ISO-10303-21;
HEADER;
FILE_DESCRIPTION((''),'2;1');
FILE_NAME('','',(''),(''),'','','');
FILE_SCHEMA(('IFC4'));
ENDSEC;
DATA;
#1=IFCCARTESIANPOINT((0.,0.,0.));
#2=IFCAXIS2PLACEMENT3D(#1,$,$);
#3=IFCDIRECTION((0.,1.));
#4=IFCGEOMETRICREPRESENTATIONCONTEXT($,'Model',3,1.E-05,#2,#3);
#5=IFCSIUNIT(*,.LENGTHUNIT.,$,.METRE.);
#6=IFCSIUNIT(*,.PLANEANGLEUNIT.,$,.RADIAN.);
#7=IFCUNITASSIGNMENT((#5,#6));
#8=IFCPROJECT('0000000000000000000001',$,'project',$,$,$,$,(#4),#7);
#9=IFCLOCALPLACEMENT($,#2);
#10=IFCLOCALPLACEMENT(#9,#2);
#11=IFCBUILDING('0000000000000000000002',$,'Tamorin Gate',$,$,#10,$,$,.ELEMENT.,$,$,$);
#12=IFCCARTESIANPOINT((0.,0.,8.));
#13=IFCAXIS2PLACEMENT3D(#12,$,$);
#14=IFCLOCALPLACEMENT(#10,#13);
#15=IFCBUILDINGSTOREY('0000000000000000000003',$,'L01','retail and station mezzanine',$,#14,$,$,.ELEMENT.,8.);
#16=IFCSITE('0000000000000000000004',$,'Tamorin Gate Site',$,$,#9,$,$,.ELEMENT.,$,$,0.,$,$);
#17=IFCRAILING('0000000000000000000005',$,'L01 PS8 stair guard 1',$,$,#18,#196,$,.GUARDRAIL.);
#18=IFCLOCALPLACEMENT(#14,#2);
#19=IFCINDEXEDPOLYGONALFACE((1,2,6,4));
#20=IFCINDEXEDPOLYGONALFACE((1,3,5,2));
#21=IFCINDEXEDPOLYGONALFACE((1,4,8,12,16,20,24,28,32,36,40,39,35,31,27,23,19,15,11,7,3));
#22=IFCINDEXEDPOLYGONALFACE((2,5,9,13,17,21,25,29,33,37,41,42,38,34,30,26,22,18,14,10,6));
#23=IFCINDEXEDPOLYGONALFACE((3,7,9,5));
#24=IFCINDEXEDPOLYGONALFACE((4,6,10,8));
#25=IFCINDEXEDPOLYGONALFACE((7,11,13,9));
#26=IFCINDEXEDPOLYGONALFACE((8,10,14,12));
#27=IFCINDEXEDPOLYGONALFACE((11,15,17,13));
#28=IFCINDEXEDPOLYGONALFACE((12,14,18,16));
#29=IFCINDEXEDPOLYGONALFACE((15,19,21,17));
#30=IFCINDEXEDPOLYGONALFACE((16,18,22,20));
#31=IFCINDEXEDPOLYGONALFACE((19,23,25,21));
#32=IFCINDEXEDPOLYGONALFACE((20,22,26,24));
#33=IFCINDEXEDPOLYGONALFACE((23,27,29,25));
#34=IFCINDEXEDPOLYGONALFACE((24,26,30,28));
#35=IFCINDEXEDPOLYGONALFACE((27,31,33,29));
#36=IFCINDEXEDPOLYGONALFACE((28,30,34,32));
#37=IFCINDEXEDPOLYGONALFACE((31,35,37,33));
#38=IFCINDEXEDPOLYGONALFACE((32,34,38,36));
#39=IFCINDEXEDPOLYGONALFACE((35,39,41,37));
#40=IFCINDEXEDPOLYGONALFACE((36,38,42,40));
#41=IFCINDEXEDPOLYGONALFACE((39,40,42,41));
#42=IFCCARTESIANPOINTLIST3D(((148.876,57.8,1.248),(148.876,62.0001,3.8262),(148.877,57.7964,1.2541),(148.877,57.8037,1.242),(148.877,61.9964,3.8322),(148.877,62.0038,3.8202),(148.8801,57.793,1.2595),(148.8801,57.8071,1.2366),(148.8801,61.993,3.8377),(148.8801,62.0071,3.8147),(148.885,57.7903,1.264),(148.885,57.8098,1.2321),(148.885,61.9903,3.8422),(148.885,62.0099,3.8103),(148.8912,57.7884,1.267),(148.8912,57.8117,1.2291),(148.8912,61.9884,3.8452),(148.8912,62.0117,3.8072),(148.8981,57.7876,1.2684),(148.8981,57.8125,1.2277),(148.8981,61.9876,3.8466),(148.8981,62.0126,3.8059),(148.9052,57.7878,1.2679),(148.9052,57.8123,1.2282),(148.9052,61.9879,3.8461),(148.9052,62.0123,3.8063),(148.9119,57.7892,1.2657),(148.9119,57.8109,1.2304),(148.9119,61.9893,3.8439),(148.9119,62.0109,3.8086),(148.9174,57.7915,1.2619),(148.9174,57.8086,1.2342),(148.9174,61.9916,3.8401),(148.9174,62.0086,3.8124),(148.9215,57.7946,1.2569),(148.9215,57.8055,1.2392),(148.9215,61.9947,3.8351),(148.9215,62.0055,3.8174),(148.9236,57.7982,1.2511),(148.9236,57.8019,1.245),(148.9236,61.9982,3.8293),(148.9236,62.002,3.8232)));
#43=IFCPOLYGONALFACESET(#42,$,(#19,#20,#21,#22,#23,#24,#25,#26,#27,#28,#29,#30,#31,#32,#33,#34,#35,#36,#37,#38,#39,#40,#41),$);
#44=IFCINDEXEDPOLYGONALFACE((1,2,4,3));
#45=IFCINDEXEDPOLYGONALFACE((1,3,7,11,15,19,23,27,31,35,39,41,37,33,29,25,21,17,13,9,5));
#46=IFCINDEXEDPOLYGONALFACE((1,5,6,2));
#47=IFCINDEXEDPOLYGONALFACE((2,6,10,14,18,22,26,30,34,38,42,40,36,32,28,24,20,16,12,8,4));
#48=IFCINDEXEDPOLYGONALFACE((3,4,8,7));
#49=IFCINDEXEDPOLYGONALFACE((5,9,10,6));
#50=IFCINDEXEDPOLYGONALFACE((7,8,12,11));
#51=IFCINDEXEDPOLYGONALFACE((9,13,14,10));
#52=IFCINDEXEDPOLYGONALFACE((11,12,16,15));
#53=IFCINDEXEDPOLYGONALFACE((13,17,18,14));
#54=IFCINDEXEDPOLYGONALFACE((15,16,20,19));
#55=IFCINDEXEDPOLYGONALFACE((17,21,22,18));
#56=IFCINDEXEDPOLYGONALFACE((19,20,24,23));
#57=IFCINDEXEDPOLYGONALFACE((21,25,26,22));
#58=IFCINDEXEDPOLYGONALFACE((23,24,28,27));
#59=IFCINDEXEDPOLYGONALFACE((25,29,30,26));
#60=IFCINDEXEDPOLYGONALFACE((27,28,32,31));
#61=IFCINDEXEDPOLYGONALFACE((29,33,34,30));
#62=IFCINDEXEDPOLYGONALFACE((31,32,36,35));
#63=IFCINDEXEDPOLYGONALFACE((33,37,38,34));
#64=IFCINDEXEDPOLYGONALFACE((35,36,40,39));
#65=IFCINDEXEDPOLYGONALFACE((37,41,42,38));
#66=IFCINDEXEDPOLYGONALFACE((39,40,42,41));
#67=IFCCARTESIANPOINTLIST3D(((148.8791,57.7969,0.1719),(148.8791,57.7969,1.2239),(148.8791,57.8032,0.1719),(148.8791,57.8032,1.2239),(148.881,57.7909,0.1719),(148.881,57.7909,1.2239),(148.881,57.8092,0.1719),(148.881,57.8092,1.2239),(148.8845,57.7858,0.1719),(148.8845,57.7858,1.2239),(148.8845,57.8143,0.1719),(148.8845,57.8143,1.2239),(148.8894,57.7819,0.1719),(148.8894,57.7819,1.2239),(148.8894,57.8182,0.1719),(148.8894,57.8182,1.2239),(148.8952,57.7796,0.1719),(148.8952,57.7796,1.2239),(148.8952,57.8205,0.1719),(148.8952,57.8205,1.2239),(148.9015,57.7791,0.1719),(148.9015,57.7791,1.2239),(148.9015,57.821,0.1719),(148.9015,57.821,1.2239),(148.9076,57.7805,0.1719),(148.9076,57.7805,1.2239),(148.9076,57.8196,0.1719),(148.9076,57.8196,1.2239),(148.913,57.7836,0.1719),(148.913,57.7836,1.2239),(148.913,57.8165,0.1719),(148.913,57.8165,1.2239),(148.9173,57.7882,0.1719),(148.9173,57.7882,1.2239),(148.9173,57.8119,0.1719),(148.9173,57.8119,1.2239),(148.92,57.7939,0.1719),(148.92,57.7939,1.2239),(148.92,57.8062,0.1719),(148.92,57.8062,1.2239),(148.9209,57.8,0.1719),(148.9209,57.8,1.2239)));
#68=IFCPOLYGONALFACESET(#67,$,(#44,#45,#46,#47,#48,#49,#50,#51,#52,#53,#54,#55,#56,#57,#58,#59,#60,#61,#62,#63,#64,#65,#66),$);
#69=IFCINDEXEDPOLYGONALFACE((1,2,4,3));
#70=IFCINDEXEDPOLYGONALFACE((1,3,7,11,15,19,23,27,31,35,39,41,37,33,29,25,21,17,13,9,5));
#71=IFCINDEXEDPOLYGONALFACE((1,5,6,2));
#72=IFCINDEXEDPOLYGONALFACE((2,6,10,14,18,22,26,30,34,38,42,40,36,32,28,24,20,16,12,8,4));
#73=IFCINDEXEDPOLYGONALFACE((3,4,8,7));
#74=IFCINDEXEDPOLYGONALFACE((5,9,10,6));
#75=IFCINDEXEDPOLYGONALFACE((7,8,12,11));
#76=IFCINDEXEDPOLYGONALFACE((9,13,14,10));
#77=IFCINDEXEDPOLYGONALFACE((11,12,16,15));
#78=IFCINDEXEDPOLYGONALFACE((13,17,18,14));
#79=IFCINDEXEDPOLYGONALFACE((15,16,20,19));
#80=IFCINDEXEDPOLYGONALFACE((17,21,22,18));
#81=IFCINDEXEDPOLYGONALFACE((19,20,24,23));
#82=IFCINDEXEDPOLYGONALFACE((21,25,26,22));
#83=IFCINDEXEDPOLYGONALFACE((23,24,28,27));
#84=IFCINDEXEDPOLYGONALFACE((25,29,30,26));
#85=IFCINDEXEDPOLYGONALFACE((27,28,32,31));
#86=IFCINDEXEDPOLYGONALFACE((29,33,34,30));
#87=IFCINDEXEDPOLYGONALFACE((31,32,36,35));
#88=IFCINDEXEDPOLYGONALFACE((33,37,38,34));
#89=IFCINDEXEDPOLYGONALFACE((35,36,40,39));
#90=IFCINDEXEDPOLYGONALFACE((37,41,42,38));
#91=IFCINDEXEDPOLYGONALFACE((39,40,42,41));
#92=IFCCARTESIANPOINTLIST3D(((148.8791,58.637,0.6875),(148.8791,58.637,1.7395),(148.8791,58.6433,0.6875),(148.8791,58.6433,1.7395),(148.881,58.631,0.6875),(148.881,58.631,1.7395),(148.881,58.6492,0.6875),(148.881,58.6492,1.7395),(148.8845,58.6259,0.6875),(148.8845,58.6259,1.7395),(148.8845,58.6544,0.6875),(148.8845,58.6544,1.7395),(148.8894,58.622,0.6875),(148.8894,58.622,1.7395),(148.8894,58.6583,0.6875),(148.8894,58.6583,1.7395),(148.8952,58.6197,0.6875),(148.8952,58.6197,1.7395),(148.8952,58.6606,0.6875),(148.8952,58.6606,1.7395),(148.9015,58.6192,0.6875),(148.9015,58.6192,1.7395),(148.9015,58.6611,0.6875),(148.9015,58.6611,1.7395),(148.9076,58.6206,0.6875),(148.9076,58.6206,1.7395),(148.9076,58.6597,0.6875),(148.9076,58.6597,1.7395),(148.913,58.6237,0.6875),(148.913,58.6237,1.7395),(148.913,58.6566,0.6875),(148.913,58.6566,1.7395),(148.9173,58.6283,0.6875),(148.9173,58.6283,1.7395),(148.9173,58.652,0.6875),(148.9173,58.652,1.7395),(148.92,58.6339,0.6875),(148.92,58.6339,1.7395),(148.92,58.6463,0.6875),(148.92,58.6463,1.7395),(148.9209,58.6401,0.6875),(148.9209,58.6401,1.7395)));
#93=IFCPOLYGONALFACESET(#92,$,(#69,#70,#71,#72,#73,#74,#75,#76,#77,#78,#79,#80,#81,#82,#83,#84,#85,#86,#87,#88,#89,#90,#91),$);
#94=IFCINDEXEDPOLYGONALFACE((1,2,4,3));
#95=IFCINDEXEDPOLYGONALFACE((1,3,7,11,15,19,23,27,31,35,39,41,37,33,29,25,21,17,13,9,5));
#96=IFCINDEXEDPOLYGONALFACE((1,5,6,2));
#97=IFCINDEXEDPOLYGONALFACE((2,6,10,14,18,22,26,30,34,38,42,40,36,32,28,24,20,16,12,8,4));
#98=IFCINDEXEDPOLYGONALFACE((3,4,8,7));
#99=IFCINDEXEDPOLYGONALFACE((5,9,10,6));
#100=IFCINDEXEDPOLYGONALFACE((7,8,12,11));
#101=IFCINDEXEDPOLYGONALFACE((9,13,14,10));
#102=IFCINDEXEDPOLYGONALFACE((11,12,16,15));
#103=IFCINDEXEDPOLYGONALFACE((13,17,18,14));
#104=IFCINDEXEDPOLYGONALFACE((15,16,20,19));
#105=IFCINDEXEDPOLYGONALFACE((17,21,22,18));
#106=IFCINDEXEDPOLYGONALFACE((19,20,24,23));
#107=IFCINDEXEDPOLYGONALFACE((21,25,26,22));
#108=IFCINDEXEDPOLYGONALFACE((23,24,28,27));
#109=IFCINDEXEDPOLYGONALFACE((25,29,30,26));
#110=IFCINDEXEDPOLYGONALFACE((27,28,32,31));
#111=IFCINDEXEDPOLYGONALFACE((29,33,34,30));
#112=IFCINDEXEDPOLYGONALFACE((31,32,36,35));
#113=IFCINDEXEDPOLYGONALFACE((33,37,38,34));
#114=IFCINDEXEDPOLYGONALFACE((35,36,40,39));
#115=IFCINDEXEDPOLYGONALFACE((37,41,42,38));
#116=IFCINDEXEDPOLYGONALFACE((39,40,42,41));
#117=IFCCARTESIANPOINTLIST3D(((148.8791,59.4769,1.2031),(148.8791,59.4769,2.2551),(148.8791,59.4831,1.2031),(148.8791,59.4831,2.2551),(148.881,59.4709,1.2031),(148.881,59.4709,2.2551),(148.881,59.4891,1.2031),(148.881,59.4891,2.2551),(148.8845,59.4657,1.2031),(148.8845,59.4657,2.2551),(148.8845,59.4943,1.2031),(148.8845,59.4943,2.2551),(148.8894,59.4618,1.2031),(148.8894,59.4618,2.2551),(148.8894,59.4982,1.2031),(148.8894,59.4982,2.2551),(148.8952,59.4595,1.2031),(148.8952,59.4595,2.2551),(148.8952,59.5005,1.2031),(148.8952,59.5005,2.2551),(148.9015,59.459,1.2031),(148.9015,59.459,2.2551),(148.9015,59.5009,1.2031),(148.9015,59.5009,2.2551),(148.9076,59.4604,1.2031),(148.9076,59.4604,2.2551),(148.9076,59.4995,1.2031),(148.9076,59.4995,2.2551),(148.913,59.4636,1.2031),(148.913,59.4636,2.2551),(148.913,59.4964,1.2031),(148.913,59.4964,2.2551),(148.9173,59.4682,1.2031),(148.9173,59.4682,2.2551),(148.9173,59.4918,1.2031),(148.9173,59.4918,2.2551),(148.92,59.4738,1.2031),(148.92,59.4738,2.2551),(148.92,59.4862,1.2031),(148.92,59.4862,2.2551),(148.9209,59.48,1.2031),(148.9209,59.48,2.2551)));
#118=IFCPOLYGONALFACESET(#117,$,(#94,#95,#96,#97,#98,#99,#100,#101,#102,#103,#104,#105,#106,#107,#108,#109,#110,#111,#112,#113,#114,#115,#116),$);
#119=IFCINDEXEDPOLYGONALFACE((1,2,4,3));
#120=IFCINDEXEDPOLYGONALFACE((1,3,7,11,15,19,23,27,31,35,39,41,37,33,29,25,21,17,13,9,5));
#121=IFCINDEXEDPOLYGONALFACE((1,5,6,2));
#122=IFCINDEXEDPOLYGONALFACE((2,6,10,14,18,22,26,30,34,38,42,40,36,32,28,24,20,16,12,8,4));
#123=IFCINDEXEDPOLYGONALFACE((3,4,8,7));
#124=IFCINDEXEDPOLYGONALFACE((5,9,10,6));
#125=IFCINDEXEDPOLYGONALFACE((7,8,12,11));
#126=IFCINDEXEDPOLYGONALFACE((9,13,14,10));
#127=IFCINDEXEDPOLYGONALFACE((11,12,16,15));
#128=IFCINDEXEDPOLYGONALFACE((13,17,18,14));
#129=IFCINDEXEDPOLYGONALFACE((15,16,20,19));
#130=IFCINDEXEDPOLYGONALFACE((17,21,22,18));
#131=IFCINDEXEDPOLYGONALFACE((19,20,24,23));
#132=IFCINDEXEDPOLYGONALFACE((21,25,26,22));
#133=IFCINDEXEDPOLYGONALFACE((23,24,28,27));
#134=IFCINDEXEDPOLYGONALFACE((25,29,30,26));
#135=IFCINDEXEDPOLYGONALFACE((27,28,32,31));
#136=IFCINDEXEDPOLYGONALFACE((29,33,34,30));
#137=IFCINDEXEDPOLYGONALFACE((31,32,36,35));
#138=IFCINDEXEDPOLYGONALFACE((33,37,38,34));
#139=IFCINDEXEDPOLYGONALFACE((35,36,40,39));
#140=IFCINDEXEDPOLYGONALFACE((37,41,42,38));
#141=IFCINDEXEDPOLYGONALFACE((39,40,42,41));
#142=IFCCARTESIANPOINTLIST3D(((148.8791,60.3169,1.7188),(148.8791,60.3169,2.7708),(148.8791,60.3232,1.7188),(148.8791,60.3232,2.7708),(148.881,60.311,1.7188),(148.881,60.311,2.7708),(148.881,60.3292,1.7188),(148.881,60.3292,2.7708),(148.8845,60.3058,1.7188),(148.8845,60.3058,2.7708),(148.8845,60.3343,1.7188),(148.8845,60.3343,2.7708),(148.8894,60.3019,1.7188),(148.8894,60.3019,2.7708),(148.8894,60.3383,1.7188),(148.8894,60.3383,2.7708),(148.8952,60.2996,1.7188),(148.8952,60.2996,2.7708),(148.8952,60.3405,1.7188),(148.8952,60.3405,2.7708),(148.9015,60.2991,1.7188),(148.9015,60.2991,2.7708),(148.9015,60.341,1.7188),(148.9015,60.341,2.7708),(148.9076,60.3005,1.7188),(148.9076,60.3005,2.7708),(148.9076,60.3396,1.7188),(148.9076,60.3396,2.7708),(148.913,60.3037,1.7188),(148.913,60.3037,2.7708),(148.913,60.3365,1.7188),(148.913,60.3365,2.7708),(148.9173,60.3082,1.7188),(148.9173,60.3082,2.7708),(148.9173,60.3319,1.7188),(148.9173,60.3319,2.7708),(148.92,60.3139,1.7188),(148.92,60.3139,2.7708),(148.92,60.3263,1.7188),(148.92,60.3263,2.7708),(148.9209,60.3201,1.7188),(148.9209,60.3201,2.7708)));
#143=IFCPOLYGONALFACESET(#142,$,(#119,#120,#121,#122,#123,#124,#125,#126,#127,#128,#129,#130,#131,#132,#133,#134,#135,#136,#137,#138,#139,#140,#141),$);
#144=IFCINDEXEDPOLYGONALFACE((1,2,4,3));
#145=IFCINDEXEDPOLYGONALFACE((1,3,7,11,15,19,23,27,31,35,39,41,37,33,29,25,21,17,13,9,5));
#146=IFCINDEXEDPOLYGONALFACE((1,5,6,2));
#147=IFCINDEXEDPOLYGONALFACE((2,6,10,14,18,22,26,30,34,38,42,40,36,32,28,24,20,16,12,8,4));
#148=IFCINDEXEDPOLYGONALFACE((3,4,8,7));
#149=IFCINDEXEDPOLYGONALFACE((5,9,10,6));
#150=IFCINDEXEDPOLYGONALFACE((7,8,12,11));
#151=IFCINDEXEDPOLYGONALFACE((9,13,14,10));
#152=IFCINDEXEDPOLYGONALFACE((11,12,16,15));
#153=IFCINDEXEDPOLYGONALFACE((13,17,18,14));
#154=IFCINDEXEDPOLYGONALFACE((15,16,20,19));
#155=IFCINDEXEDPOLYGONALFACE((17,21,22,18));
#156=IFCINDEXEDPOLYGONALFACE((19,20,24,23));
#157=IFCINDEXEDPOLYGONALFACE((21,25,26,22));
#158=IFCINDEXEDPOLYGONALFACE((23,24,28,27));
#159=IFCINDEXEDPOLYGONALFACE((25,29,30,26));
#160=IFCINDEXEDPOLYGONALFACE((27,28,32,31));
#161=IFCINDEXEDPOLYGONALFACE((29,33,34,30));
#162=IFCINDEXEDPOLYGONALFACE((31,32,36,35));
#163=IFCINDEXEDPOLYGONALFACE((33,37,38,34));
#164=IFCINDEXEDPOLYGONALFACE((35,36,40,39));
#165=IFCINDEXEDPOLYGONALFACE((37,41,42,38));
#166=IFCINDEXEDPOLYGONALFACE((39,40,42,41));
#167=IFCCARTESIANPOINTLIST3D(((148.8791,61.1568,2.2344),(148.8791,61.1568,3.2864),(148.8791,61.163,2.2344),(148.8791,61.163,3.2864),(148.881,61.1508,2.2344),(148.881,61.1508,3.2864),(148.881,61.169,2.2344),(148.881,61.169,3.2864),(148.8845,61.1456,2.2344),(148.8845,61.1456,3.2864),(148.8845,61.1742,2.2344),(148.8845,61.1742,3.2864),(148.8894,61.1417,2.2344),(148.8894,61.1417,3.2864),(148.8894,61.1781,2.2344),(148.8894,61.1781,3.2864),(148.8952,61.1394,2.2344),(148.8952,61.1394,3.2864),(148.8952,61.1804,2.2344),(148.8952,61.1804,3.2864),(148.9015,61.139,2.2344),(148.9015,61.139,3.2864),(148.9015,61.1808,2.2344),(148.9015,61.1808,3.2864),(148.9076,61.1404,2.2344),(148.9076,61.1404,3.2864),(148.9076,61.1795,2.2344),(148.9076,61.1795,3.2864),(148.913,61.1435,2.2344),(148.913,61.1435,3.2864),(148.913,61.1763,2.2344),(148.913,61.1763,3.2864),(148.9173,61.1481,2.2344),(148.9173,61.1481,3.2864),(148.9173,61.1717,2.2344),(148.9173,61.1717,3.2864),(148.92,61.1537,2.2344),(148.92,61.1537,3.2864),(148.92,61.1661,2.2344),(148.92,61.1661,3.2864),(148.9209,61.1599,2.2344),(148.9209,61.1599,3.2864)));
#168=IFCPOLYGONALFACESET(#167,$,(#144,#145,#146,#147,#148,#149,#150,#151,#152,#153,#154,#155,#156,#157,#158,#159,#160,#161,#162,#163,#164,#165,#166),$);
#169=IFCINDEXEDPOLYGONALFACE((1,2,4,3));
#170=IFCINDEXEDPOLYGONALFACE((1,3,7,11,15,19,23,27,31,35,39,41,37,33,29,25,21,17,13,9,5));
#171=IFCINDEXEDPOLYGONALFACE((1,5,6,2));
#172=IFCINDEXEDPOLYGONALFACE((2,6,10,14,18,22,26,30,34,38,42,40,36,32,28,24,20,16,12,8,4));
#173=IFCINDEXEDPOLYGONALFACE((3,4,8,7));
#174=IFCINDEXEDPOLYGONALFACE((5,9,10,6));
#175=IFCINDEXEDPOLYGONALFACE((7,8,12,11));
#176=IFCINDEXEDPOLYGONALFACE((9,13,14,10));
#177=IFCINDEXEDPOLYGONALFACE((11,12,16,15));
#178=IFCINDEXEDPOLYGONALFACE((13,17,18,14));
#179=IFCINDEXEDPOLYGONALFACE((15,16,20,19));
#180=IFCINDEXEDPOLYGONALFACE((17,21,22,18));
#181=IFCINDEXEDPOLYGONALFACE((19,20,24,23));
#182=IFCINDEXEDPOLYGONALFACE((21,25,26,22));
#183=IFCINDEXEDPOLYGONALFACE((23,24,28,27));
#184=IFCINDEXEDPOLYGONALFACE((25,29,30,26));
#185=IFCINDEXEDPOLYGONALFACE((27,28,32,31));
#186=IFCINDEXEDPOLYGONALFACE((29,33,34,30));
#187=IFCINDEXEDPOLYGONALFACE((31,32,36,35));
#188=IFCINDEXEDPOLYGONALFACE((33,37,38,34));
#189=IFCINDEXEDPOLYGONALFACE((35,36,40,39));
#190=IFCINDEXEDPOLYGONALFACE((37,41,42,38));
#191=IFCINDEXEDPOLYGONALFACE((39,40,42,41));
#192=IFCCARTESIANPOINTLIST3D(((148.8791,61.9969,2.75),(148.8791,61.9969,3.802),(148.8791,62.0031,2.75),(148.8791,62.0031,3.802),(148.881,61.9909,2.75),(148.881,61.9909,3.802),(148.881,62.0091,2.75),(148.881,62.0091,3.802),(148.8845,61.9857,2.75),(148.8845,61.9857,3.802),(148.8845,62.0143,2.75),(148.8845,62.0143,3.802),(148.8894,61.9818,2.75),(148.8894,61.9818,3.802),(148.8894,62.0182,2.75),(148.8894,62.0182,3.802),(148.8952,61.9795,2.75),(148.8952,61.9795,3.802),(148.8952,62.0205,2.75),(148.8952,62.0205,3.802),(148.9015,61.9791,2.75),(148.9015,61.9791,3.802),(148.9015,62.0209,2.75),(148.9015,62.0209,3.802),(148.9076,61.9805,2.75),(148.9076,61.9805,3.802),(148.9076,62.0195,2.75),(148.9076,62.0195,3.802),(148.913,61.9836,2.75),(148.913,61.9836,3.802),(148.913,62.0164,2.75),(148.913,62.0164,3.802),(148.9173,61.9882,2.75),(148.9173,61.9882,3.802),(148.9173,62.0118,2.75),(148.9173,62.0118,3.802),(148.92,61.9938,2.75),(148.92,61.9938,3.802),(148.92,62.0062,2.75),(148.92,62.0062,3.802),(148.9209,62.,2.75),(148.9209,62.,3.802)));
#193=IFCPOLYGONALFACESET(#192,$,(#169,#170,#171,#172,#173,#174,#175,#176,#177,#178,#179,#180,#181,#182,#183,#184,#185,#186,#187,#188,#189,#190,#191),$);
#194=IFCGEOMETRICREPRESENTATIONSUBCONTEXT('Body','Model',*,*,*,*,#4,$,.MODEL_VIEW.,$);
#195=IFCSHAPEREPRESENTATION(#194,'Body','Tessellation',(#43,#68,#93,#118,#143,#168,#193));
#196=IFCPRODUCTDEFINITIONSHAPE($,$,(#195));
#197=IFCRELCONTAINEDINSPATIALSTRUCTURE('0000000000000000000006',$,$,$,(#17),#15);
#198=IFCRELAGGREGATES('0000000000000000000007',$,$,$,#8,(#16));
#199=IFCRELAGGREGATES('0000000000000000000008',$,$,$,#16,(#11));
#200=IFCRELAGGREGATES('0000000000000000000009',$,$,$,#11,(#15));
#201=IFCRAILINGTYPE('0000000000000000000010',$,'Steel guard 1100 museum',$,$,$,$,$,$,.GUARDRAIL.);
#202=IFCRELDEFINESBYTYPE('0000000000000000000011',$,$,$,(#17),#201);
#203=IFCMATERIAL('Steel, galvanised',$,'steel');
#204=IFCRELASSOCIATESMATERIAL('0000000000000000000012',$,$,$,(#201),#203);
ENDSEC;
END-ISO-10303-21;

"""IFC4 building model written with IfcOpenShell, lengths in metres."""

from ifc_helpers import new_model, si_unit, direction, frame, origin, origin_2d, place, context, subcontext, project, spatial, circle, extrude, material, type_object, element, save


model = new_model("IFC4")

# Units and contexts
model_context = context("Model", 3, precision=1e-05, world=origin(), true_north=direction((0.0, 1.0)))
body_context = subcontext(model_context, "Body", "Model", "MODEL_VIEW")
ifc_project = project(units=[si_unit("LENGTHUNIT", "METRE"), si_unit("PLANEANGLEUNIT", "RADIAN")], contexts=[model_context])

# Site, building, storey
site_placement = place(None, origin())
site = spatial("IfcSite", under=ifc_project, at=site_placement, Name="Tamorin Gate Site", CompositionType="ELEMENT", RefElevation=0.0)
building_placement = place(site_placement, origin())
building = spatial("IfcBuilding", under=site, at=building_placement, Name="Tamorin Gate", CompositionType="ELEMENT")
storey_placement = place(building_placement, frame((0.0, 0.0, 8.0)))
storey = spatial("IfcBuildingStorey", under=building, at=storey_placement, Name="L01", Description="retail and station mezzanine", CompositionType="ELEMENT", Elevation=8.0)

# Railing
ifc_material_1 = material(Name="Steel, galvanised", Category="steel")
railing_type_1 = type_object("IfcRailingType", Name="Steel guard 1100 museum", PredefinedType="GUARDRAIL", material=ifc_material_1)
railing_1_placement = place(storey_placement, frame((148.8999, 57.8, 0.1719)))
element("IfcRailing", 1, at=railing_1_placement, inside=storey, type_object=railing_type_1, Name="L01 PS8 stair guard 1", PredefinedType="GUARDRAIL", context=body_context, shape_type="SweptSolid", body=[
    extrude(circle(Radius=0.0239, at=origin_2d()), frame((0.0, 0.0, 1.0762), z_axis=(0.0, 0.852243, 0.523146), x_axis=(-1.0, 0.0, 0.0)), (0.0, 0.0, 1.0), 4.9282),
    extrude(circle(Radius=0.021, at=origin_2d()), origin(), (0.0, 0.0, 1.0), 1.052),
    extrude(circle(Radius=0.021, at=origin_2d()), frame((0.0, 0.8401, 0.5156)), (0.0, 0.0, 1.0), 1.052),
    extrude(circle(Radius=0.021, at=origin_2d()), frame((0.0, 1.6799, 1.0312)), (0.0, 0.0, 1.0), 1.052),
    extrude(circle(Radius=0.021, at=origin_2d()), frame((0.0, 2.52, 1.5469)), (0.0, 0.0, 1.0), 1.052),
    extrude(circle(Radius=0.021, at=origin_2d()), frame((0.0, 3.3599, 2.0625)), (0.0, 0.0, 1.0), 1.052),
    extrude(circle(Radius=0.021, at=origin_2d()), frame((0.0, 4.2, 2.5781)), (0.0, 0.0, 1.0), 1.052),
])

save(model, "model.ifc")
